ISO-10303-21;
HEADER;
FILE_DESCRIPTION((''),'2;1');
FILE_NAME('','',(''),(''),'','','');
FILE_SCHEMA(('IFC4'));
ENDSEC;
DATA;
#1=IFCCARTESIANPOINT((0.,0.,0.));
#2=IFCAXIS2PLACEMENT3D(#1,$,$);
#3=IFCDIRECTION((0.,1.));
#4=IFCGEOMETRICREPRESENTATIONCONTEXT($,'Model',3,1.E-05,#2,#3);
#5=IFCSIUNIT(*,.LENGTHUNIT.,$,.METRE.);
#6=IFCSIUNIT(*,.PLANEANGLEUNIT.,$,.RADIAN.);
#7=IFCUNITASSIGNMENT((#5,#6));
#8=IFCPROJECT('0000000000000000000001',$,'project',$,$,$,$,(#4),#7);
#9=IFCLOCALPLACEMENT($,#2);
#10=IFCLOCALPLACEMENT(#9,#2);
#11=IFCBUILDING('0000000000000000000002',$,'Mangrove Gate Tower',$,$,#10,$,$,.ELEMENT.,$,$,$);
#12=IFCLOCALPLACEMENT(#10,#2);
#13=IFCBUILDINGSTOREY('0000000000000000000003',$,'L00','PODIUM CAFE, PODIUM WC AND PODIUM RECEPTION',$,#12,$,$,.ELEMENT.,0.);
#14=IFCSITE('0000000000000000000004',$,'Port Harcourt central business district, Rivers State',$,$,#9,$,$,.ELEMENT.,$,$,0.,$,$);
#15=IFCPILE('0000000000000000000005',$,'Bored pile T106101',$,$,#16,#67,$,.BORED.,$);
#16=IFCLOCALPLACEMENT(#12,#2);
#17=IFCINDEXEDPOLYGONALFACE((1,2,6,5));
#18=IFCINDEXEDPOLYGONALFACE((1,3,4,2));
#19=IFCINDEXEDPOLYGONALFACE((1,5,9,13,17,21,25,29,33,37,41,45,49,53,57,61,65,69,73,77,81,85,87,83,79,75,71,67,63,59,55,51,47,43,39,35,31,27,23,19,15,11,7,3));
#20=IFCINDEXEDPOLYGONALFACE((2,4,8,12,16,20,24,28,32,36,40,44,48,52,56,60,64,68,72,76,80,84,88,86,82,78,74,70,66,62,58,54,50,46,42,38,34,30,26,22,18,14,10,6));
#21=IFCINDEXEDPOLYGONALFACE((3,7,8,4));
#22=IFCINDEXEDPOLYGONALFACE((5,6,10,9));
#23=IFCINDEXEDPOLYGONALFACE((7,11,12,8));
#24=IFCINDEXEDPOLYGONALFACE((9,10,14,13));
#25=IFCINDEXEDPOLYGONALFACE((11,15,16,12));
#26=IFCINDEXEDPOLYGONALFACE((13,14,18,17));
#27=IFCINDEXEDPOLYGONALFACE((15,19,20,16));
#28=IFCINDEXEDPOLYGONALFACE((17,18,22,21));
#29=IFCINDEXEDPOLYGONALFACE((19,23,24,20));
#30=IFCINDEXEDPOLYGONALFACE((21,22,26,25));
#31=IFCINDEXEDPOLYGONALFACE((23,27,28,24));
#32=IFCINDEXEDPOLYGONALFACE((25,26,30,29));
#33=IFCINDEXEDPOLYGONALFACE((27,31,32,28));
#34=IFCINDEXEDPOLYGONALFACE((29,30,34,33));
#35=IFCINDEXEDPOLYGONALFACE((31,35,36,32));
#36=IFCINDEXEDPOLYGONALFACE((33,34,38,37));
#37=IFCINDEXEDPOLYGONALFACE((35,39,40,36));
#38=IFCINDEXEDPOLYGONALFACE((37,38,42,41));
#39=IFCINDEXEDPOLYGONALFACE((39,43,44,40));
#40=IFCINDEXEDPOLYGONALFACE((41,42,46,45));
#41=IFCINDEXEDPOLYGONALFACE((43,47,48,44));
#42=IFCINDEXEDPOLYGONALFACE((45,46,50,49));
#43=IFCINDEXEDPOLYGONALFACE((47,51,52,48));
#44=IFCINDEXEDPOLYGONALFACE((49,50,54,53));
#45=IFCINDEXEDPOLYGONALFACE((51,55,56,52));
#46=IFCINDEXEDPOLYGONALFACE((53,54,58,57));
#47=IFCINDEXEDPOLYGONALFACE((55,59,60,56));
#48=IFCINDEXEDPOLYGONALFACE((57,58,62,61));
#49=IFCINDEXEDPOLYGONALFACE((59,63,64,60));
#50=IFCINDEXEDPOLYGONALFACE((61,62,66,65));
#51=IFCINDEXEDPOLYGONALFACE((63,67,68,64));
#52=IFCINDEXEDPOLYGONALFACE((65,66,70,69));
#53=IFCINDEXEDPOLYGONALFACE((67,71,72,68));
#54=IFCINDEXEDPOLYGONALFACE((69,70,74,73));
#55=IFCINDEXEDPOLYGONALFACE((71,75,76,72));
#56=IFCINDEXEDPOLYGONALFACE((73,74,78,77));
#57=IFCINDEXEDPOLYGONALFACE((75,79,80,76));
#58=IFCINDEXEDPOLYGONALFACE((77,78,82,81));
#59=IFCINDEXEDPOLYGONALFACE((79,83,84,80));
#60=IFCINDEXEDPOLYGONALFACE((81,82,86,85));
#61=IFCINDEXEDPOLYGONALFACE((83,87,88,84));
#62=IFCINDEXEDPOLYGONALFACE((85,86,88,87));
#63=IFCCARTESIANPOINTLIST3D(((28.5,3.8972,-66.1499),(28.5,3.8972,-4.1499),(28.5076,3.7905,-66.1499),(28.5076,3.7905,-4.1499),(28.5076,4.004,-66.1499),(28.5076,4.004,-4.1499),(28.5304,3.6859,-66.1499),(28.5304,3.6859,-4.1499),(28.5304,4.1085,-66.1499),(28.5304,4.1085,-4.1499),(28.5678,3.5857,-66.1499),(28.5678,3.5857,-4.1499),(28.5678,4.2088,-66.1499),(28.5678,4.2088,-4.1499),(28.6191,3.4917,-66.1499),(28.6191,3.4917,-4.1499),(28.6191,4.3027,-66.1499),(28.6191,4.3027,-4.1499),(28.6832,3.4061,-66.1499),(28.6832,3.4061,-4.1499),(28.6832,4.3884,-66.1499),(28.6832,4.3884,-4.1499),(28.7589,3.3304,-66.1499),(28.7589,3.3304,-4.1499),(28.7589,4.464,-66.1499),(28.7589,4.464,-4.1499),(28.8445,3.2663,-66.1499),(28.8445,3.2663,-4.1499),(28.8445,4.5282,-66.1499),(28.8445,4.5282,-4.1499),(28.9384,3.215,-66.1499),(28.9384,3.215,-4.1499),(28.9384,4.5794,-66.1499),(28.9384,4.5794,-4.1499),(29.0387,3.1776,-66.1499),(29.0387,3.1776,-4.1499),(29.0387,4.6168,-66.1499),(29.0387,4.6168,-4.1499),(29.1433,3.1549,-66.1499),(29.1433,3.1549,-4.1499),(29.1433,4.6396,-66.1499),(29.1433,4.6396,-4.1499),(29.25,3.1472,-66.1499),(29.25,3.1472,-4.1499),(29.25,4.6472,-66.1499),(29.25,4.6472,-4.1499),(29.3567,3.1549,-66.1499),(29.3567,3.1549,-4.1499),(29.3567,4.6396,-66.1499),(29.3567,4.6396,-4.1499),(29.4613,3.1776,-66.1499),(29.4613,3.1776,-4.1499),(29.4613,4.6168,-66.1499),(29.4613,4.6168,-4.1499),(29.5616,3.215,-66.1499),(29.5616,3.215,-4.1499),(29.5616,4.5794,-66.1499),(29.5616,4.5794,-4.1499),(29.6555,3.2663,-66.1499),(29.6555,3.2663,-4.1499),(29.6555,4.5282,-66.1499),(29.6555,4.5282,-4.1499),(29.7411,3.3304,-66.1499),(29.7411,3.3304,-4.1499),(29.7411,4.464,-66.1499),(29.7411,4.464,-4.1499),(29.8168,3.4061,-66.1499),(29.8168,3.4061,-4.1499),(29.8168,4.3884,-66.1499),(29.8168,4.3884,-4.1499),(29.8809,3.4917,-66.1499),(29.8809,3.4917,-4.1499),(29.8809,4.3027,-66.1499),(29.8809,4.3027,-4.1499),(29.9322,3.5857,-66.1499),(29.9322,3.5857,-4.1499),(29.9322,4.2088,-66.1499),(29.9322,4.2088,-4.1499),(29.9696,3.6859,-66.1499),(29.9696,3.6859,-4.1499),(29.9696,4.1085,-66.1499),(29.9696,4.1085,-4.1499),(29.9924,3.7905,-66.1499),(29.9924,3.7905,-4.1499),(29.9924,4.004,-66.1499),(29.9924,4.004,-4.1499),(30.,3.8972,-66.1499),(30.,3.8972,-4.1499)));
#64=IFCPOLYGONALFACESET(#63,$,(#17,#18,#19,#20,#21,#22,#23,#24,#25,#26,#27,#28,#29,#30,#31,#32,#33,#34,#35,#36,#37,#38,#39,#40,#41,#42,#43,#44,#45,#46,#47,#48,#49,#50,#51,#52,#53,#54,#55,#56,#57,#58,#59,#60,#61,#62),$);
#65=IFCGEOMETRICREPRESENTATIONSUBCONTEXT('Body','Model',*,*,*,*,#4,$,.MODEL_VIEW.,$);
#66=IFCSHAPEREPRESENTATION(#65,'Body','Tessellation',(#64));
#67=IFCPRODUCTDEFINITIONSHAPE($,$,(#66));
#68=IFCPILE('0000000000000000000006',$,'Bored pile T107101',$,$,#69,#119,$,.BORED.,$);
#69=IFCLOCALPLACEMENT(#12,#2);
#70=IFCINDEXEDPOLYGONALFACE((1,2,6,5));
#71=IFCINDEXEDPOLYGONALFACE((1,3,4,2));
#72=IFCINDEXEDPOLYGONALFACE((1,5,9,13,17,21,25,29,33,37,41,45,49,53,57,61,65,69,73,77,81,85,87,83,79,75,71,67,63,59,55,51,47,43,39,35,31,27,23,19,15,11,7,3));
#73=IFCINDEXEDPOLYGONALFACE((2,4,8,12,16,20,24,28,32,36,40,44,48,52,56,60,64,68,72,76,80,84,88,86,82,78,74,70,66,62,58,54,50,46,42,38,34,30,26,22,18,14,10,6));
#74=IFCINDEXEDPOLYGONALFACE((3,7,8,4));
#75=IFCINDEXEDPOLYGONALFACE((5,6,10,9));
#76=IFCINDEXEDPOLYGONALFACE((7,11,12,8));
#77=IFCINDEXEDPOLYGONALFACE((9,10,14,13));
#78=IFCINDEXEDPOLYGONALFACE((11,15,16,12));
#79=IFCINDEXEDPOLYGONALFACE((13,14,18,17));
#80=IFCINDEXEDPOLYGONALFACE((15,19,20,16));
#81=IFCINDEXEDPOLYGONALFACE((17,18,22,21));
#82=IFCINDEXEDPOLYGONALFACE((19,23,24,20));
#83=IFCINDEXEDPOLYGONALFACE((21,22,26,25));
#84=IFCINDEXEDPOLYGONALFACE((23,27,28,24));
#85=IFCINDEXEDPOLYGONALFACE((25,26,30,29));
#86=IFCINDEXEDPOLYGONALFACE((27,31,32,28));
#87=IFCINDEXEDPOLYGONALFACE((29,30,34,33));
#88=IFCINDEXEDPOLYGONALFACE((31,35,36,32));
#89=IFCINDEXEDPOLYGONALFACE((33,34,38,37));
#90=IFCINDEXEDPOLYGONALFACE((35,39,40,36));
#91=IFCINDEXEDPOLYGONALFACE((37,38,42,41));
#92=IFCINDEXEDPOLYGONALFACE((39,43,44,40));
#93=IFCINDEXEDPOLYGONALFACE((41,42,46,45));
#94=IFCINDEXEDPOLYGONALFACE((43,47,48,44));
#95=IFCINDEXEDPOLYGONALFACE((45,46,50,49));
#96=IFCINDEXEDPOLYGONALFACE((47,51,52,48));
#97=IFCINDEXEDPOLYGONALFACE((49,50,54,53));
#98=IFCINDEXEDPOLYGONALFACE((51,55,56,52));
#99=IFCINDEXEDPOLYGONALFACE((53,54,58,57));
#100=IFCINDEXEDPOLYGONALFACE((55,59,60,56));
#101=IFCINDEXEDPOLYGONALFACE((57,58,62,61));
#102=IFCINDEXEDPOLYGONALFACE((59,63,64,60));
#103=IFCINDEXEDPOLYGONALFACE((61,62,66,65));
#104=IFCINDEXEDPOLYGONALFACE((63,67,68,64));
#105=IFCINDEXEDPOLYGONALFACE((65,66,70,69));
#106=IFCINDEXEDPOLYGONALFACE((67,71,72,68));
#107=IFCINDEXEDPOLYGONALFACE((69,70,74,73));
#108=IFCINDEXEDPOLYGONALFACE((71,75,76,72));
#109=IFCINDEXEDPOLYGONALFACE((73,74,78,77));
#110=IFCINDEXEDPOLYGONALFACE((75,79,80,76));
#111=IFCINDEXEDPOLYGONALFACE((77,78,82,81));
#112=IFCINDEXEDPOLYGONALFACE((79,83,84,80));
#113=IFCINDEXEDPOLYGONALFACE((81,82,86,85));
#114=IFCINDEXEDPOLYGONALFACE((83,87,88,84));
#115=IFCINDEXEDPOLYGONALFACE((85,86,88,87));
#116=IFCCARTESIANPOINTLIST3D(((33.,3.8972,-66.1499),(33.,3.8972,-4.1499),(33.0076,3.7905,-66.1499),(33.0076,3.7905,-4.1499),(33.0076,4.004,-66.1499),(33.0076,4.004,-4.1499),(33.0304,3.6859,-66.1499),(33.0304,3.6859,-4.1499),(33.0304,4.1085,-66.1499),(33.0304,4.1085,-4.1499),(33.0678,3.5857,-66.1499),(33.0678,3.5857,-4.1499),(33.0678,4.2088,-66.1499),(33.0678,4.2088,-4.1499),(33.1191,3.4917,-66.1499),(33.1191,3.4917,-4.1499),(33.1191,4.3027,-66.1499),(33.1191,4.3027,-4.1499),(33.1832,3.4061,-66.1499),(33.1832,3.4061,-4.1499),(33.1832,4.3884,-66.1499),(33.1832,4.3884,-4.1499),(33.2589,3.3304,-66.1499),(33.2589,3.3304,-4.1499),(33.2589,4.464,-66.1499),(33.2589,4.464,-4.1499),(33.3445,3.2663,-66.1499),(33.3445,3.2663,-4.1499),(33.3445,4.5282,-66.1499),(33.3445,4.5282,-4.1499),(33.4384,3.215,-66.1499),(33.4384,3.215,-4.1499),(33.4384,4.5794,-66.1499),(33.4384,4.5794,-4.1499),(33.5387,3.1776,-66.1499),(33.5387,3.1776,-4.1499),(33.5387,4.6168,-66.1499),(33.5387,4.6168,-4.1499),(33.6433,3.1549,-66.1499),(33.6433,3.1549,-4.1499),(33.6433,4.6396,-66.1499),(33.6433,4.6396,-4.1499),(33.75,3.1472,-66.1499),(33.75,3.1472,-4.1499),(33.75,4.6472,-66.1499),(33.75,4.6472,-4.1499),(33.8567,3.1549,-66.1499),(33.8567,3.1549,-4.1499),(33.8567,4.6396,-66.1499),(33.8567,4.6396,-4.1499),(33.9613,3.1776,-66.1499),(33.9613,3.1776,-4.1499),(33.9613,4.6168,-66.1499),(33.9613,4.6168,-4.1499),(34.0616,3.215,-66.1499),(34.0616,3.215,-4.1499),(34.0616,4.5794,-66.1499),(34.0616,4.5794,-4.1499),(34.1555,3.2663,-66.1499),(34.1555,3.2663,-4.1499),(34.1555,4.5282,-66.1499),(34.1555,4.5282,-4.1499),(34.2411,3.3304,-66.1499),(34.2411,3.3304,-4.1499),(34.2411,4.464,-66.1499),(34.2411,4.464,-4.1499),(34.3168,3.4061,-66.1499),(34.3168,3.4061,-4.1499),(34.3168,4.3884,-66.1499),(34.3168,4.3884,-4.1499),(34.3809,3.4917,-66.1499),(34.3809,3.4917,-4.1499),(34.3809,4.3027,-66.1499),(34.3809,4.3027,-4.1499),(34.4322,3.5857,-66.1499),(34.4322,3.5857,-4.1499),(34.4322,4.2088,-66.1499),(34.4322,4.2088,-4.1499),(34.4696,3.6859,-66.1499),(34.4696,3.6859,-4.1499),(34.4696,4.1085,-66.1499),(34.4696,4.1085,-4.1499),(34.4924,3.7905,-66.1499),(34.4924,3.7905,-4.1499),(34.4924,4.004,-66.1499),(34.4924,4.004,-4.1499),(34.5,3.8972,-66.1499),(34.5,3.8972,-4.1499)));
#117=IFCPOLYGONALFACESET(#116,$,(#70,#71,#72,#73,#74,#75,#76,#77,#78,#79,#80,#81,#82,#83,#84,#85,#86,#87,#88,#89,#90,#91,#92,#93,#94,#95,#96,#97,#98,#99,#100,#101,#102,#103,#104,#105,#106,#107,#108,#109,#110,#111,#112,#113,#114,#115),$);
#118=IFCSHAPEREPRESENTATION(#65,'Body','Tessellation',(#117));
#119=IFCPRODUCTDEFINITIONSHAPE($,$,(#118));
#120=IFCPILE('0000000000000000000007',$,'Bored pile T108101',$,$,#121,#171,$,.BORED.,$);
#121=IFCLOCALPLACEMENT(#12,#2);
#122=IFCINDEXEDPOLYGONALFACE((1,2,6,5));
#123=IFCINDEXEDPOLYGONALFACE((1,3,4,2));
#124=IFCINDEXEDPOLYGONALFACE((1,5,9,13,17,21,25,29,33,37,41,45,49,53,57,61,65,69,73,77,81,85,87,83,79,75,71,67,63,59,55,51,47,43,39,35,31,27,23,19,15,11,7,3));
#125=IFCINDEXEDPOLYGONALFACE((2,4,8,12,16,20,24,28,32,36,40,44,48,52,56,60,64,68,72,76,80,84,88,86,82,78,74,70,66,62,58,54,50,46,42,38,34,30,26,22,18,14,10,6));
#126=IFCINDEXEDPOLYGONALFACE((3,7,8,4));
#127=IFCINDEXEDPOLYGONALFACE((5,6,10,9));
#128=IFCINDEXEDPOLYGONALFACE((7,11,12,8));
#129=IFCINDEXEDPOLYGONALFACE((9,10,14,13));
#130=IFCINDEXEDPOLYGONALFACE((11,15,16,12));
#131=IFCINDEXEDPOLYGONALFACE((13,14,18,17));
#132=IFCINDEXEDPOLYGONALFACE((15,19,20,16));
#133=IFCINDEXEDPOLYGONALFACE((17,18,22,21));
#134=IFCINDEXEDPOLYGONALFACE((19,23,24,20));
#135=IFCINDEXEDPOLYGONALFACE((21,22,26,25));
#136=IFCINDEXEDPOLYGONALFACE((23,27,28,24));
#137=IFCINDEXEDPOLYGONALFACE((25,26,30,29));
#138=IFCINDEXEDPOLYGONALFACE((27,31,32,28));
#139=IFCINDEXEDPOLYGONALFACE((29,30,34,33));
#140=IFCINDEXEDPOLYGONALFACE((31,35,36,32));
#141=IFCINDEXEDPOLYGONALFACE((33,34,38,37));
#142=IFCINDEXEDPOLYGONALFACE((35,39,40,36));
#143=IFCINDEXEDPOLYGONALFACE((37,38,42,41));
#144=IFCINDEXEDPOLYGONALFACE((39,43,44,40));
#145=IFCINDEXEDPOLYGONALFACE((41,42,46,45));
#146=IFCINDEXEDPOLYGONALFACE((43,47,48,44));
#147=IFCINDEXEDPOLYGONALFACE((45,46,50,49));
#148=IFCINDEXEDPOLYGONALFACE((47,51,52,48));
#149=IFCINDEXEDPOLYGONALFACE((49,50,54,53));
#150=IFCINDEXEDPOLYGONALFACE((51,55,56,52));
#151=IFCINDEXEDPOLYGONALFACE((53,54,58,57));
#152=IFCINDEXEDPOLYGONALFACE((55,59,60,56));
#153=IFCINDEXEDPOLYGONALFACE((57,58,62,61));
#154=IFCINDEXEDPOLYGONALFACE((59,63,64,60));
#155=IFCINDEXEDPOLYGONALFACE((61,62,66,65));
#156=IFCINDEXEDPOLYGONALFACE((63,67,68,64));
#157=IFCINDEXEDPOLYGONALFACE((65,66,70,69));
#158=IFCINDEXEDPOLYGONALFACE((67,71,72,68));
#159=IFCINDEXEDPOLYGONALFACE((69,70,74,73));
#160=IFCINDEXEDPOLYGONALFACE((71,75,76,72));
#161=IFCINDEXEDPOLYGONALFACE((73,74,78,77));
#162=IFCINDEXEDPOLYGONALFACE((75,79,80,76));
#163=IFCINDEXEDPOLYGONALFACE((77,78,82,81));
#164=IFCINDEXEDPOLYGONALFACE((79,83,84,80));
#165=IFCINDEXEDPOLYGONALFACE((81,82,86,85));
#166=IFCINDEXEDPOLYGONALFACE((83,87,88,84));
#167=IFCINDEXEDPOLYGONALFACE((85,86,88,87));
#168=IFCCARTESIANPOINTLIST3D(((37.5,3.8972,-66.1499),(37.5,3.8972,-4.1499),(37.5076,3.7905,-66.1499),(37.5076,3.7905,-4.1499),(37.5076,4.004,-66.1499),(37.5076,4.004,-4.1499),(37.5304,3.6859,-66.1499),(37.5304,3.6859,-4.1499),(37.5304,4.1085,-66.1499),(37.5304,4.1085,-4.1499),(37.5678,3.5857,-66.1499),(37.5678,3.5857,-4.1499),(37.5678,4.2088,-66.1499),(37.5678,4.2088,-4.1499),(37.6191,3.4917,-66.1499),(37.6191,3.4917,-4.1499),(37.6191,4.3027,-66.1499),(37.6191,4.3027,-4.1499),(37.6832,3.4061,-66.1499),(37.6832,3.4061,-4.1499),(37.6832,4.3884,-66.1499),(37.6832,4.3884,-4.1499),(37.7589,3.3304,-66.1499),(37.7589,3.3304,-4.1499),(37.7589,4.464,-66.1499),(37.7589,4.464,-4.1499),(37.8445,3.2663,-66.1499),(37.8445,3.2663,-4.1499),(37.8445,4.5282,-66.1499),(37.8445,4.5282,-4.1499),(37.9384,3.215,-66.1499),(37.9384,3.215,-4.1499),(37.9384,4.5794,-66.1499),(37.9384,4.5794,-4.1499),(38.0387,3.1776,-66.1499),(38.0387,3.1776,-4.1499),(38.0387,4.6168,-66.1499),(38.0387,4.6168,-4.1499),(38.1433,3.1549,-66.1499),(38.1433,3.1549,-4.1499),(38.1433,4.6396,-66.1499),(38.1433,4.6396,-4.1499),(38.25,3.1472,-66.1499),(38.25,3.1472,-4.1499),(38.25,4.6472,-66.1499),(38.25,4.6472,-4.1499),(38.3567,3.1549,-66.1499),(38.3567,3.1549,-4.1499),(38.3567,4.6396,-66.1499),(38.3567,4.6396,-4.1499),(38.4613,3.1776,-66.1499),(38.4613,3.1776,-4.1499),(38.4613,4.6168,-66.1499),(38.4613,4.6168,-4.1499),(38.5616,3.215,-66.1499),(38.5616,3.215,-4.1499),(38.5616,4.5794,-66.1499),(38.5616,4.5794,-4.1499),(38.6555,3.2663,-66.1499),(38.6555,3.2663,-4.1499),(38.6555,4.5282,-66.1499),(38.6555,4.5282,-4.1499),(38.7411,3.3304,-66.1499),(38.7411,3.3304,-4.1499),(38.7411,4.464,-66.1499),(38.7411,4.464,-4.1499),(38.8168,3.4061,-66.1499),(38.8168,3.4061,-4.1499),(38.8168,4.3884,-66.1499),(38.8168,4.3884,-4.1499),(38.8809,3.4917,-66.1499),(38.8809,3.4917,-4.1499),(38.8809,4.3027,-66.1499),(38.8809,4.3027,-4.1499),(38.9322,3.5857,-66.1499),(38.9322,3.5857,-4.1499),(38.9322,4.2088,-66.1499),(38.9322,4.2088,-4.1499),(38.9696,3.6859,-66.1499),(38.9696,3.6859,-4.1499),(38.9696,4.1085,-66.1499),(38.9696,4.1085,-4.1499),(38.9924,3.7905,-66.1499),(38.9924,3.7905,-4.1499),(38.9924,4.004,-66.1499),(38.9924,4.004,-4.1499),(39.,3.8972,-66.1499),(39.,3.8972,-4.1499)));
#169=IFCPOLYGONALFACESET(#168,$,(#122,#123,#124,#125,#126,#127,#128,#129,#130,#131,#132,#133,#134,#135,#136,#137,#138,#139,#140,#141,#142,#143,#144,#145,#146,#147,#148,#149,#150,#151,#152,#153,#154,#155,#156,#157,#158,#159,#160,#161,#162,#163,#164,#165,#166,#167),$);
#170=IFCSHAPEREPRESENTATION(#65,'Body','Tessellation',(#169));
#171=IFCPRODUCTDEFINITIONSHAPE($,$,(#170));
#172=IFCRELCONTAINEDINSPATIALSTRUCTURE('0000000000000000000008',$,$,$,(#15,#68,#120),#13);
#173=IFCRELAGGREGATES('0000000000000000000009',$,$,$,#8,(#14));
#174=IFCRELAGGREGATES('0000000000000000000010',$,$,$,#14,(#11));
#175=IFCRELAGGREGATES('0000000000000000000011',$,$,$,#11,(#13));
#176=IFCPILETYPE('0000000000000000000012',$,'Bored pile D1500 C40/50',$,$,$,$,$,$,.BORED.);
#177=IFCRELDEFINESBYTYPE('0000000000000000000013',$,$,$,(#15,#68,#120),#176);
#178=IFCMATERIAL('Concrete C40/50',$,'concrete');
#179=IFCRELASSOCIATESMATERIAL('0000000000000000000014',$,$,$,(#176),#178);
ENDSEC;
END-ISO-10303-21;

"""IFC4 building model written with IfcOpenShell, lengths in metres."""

from ifc_helpers import new_model, si_unit, direction, frame, origin, origin_2d, place, context, subcontext, project, spatial, circle, extrude, material, material_profile, profile_set, type_object, element, save


model = new_model("IFC4")

# Units and contexts
model_context = context("Model", 3, precision=1e-05, world=origin(), true_north=direction((0.0, 1.0)))
body_context = subcontext(model_context, "Body", "Model", "MODEL_VIEW")
ifc_project = project(units=[si_unit("LENGTHUNIT", "METRE"), si_unit("PLANEANGLEUNIT", "RADIAN")], contexts=[model_context])

# Site, building, storey
site_placement = place(None, origin())
site = spatial("IfcSite", under=ifc_project, at=site_placement, Name="Port Harcourt central business district, Rivers State", CompositionType="ELEMENT", RefElevation=0.0)
building_placement = place(site_placement, origin())
building = spatial("IfcBuilding", under=site, at=building_placement, Name="Mangrove Gate Tower", CompositionType="ELEMENT")
storey_placement = place(building_placement, origin())
storey = spatial("IfcBuildingStorey", under=building, at=storey_placement, Name="L00", Description="PODIUM CAFE, PODIUM WC AND PODIUM RECEPTION", CompositionType="ELEMENT", Elevation=0.0)

# Piles
ifc_material_1 = material(Name="Concrete C40/50", Category="concrete")
ifc_material_profile_1 = material_profile(ifc_material_1, circle(Radius=0.75, at=origin_2d()))
ifc_profile_set_1 = profile_set([ifc_material_profile_1], Name="Concrete C40/50")
pile_type = type_object("IfcPileType", Name="Bored pile D1500 C40/50", PredefinedType="BORED", material=ifc_profile_set_1)
for number, where, z_axis, x_axis, name in (
    (1, (29.25, 3.8972, -4.1499), (0.0, 0.0, -1.0), (1.0, 0.0, 0.0), "Bored pile T106101"),
    (2, (33.75, 3.8972, -4.1499), (0.0, 0.0, -1.0), (1.0, 0.0, 0.0), "Bored pile T107101"),
    (3, (38.25, 3.8972, -4.1499), (0.0, 0.0, -1.0), (1.0, 0.0, 0.0), "Bored pile T108101"),
):
    element("IfcPile", number, at=place(storey_placement, frame(where, z_axis=z_axis, x_axis=x_axis)), inside=storey, type_object=pile_type, Name=name, PredefinedType="BORED", context=body_context, shape_type="SweptSolid", body=[
        extrude(circle(Radius=0.75, at=origin_2d()), origin(), (0.0, 0.0, 1.0), 62.0),
    ])

save(model, "model.ifc")
